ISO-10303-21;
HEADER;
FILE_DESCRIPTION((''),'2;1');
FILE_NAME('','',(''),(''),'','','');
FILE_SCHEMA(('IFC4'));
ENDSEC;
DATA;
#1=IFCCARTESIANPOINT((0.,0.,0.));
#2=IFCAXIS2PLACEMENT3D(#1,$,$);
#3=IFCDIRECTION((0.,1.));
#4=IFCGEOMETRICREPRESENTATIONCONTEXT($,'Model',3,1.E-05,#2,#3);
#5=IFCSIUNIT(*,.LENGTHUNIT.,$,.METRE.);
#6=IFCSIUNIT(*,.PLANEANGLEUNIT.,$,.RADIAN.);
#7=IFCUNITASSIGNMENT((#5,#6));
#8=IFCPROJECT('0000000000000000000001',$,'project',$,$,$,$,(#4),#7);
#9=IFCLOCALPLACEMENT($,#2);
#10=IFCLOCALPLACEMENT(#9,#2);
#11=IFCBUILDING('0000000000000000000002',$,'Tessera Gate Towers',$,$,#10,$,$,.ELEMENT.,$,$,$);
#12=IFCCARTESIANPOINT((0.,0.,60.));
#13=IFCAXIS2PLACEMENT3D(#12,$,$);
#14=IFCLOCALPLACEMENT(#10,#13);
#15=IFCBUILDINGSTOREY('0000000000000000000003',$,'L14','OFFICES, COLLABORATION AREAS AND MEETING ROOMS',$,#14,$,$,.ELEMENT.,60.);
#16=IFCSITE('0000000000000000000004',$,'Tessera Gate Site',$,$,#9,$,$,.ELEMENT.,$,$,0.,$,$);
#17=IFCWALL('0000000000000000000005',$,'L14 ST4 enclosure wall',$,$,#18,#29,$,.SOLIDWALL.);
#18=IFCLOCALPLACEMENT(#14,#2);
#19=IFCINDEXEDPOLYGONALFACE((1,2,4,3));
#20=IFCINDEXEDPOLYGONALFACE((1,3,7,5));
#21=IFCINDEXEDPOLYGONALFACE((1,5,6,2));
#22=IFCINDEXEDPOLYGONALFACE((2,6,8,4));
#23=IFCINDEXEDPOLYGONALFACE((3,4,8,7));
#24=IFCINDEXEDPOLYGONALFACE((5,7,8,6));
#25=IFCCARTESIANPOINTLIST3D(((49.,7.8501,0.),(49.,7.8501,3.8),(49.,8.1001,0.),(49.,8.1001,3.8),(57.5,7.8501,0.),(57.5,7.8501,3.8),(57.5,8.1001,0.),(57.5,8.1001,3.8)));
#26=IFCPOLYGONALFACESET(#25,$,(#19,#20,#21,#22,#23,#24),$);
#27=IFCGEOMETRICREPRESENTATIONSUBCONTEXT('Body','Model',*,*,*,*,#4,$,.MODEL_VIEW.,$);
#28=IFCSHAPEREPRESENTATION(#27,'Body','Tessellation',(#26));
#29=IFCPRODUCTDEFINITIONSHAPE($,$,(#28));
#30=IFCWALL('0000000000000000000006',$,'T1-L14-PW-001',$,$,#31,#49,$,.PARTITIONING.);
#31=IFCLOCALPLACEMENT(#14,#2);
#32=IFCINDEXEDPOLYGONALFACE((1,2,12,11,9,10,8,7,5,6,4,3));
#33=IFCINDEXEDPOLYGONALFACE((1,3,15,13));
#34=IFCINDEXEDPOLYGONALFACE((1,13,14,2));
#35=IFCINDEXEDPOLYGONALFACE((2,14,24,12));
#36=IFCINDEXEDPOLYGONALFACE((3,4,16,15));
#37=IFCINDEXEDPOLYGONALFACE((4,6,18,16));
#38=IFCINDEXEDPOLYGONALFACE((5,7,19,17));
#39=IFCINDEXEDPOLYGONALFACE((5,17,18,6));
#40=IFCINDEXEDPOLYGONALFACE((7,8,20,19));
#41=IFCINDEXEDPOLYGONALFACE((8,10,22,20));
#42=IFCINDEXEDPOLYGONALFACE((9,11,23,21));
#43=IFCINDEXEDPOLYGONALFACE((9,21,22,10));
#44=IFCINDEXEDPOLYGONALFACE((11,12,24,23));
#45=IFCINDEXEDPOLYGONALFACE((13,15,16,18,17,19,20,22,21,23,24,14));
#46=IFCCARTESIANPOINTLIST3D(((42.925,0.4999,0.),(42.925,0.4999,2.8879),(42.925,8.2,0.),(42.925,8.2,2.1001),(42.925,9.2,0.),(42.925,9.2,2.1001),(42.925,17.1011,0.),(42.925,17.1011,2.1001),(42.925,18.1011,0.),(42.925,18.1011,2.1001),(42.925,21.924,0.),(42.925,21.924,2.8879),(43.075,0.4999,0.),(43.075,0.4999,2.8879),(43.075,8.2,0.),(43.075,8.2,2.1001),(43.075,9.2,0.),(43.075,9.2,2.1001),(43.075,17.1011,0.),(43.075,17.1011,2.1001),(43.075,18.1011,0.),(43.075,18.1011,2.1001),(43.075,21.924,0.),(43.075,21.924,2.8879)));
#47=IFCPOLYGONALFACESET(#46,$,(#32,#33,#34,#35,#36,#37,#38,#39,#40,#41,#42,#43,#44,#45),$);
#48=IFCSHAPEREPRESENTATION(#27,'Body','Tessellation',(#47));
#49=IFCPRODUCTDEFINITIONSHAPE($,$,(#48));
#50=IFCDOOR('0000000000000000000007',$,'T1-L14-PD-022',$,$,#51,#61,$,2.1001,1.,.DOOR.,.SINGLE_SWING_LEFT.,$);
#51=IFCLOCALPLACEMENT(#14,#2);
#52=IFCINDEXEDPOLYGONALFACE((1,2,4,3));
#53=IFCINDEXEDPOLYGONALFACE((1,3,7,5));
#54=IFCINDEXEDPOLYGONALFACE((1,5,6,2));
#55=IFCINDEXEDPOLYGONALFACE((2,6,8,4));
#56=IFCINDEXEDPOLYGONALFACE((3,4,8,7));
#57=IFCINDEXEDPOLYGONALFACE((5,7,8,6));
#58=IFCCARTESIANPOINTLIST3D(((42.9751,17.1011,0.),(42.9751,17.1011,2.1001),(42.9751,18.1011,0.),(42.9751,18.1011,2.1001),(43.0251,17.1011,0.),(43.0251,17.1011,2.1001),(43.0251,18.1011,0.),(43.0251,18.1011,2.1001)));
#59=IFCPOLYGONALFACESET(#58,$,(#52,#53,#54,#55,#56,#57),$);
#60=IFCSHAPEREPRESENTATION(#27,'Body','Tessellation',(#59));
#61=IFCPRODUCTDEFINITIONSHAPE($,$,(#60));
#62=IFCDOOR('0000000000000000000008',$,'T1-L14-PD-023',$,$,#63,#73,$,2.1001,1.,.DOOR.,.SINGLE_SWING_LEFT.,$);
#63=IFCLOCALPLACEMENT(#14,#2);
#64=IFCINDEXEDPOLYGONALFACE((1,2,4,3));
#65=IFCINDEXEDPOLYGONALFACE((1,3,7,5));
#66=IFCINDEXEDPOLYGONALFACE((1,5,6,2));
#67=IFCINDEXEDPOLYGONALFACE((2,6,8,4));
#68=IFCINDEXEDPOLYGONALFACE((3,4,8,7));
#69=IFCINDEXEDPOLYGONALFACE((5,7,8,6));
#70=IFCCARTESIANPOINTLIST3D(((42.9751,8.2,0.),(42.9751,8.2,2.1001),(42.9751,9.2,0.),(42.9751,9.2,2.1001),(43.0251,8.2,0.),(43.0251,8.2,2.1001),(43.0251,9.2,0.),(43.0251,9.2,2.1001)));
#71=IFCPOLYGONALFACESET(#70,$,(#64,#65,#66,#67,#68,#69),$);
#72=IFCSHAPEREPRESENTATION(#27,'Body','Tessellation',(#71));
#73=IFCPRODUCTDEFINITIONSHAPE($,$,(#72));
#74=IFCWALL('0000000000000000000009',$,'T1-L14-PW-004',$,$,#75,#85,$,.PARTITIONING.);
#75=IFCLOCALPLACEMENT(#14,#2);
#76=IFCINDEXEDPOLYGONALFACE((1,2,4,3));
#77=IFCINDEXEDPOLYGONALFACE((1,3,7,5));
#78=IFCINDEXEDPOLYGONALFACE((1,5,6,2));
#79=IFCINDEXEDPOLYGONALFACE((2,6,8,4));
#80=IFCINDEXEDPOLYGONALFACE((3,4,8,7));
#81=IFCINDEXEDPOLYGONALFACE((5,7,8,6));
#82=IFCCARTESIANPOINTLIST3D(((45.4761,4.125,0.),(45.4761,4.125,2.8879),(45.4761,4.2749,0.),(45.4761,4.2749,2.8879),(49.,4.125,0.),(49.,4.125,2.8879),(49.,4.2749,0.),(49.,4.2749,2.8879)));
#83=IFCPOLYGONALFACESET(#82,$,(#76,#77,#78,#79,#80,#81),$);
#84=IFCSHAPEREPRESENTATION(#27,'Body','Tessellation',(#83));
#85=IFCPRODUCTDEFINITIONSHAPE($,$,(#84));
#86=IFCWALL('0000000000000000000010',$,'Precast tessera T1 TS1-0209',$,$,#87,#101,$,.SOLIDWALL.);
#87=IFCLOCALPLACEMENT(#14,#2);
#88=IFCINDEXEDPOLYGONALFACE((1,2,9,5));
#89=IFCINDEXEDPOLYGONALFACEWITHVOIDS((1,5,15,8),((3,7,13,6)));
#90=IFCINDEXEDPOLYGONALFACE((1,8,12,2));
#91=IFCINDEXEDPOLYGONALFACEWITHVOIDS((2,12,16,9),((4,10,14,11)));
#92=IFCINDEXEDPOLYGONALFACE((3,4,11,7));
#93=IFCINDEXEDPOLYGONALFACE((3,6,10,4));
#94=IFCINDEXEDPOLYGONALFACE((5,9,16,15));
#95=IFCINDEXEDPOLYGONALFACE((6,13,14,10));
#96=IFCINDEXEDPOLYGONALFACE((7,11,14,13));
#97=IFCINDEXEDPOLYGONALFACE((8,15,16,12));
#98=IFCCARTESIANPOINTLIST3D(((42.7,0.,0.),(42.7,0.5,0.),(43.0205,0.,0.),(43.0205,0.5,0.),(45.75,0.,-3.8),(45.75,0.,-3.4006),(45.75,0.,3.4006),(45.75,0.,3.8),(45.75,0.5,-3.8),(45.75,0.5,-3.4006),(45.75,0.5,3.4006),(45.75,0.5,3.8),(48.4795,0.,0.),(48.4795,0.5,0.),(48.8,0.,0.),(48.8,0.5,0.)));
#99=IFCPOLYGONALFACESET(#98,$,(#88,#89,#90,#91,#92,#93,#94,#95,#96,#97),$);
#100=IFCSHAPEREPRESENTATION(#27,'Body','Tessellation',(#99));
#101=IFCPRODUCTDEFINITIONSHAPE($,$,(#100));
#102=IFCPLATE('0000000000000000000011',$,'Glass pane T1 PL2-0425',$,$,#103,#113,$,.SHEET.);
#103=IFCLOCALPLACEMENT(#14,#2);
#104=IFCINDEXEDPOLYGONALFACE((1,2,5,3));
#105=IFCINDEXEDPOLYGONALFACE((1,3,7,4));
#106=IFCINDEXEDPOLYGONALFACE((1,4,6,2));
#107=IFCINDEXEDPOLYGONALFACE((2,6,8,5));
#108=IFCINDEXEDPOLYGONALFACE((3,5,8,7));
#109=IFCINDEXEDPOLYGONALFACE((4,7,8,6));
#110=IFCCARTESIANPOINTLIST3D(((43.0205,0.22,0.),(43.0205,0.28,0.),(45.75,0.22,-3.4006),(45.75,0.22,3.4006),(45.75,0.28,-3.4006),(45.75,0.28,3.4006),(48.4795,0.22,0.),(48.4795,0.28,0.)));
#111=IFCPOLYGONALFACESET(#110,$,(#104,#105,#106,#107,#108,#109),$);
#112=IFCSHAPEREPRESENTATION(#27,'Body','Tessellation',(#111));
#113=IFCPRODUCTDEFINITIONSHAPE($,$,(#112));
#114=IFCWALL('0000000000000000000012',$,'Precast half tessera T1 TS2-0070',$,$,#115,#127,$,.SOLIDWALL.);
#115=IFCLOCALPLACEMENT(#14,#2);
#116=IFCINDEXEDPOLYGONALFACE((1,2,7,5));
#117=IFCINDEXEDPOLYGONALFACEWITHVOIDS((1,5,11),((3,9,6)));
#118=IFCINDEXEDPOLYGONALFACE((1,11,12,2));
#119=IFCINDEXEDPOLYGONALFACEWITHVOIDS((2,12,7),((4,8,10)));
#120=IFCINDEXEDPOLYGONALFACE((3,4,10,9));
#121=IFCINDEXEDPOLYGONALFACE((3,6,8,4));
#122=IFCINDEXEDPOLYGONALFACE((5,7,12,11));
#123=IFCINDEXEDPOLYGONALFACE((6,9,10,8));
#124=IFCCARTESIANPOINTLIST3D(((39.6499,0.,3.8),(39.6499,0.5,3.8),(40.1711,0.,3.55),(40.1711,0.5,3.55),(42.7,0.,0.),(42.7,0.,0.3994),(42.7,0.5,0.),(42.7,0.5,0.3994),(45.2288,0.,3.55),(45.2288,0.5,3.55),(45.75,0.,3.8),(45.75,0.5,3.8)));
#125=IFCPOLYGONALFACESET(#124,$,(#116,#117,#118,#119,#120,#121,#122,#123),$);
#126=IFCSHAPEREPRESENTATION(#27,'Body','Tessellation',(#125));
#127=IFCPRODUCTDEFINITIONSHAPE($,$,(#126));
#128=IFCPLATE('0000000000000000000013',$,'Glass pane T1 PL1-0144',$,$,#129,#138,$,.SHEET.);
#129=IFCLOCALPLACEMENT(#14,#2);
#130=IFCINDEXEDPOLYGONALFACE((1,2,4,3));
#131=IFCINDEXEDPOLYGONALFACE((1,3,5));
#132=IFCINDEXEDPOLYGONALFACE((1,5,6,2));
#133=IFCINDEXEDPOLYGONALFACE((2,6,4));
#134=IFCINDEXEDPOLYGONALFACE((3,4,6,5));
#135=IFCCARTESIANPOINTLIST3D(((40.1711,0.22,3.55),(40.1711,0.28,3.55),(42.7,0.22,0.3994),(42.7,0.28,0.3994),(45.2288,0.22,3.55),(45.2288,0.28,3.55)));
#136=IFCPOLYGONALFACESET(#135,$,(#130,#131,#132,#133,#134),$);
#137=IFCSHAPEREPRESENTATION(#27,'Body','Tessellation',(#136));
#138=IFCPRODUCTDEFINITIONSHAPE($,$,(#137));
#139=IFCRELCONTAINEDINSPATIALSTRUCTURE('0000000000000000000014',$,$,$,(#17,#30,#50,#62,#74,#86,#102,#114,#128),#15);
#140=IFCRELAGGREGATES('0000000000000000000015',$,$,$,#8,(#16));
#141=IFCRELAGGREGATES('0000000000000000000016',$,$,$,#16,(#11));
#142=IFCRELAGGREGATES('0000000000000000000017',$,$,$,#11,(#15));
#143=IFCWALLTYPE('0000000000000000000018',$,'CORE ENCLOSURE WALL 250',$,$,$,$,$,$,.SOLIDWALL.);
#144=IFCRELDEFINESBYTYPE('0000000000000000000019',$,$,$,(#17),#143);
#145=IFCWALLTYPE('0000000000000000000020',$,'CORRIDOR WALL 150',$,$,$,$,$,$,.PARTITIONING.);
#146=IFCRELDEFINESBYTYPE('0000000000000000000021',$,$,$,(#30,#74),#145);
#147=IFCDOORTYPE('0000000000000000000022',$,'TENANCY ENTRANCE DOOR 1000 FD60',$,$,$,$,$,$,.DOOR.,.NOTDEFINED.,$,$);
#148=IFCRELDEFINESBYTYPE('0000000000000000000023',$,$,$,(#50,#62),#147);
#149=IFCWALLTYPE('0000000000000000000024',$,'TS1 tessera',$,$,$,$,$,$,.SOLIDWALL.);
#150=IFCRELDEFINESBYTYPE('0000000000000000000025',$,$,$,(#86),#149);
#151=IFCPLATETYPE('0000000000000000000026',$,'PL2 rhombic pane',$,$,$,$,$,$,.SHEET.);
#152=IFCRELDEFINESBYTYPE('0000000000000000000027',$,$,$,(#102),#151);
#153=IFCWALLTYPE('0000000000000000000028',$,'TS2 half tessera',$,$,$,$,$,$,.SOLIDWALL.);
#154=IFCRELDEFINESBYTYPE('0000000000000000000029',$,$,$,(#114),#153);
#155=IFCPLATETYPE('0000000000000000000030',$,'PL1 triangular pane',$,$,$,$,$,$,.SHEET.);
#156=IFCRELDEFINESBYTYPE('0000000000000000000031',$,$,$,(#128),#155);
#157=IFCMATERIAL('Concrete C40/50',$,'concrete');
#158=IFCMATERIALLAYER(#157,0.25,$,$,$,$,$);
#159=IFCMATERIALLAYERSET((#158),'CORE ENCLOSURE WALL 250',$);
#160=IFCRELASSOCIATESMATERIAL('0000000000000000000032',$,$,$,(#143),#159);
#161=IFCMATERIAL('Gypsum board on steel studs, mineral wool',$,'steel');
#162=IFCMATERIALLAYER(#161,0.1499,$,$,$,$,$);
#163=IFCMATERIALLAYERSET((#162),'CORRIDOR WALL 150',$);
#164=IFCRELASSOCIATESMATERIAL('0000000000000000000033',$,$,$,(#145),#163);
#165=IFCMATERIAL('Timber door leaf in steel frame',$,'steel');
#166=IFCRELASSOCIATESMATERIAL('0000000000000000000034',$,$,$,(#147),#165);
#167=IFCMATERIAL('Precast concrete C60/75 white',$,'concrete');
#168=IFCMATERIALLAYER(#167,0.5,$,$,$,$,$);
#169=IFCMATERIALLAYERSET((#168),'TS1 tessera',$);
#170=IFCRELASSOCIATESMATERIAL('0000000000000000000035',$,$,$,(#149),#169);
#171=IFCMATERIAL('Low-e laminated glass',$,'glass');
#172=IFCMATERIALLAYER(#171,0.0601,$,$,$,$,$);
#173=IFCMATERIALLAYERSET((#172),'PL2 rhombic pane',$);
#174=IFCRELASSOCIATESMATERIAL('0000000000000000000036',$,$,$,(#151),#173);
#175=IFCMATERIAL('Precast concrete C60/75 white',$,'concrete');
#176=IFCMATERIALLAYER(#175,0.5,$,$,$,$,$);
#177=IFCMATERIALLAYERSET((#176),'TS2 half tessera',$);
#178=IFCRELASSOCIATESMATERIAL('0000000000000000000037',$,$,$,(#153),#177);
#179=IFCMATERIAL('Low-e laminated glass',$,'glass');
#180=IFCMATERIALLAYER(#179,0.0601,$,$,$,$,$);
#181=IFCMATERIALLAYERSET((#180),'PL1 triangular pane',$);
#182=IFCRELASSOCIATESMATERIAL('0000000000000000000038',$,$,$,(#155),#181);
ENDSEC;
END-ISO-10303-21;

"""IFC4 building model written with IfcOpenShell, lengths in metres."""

from ifc_helpers import new_model, si_unit, direction, frame, frame_2d, origin, place, context, subcontext, project, spatial, polyline, rectangle, outline, extrude, source, transform, mapped, material, layer, layer_set, type_object, element, fill, save


model = new_model("IFC4")

# Units and contexts
model_context = context("Model", 3, precision=1e-05, world=origin(), true_north=direction((0.0, 1.0)))
body_context = subcontext(model_context, "Body", "Model", "MODEL_VIEW")
ifc_project = project(units=[si_unit("LENGTHUNIT", "METRE"), si_unit("PLANEANGLEUNIT", "RADIAN")], contexts=[model_context])

# Site, building, storey
site_placement = place(None, origin())
site = spatial("IfcSite", under=ifc_project, at=site_placement, Name="Tessera Gate Site", CompositionType="ELEMENT", RefElevation=0.0)
building_placement = place(site_placement, origin())
building = spatial("IfcBuilding", under=site, at=building_placement, Name="Tessera Gate Towers", CompositionType="ELEMENT")
storey_placement = place(building_placement, frame((0.0, 0.0, 60.0)))
storey = spatial("IfcBuildingStorey", under=building, at=storey_placement, Name="L14", Description="OFFICES, COLLABORATION AREAS AND MEETING ROOMS", CompositionType="ELEMENT", Elevation=60.0)

# Wall
ifc_material_1 = material(Name="Concrete C40/50", Category="concrete")
ifc_layer_1 = layer(ifc_material_1, 0.25)
ifc_layer_set_1 = layer_set([ifc_layer_1], Name="CORE ENCLOSURE WALL 250")
wall_type_1 = type_object("IfcWallType", Name="CORE ENCLOSURE WALL 250", PredefinedType="SOLIDWALL", material=ifc_layer_set_1)
wall_1_placement = place(storey_placement, frame((49.0, 7.9751, 0.0), z_axis=(0.0, 0.0, 1.0), x_axis=(1.0, 0.0, 0.0)))
element("IfcWall", 1, at=wall_1_placement, inside=storey, type_object=wall_type_1, Name="L14 ST4 enclosure wall", PredefinedType="SOLIDWALL", context=body_context, shape_type="SweptSolid", body=[
    extrude(rectangle(XDim=8.5, YDim=0.25, at=frame_2d((4.25, 0.0))), origin(), (0.0, 0.0, 1.0), 3.8),
])

# Wall, openings, doors
ifc_material_2 = material(Name="Gypsum board on steel studs, mineral wool", Category="steel")
ifc_layer_2 = layer(ifc_material_2, 0.1499)
ifc_layer_set_2 = layer_set([ifc_layer_2], Name="CORRIDOR WALL 150")
wall_type_2 = type_object("IfcWallType", Name="CORRIDOR WALL 150", PredefinedType="PARTITIONING", material=ifc_layer_set_2)
wall_2_placement = place(storey_placement, frame((43.0, 0.5, 0.0), z_axis=(0.0, 0.0, 1.0), x_axis=(0.0, 1.0, 0.0)))
wall_2 = element("IfcWall", 2, at=wall_2_placement, inside=storey, type_object=wall_type_2, Name="T1-L14-PW-001", PredefinedType="PARTITIONING", context=body_context, shape_type="SweptSolid", body=[
    extrude(rectangle(XDim=21.4241, YDim=0.1499, at=frame_2d((10.7119, 0.0))), origin(), (0.0, 0.0, 1.0), 2.8879),
])
shared_shape_1 = source(origin(), body_context, "Body", "SweptSolid", [
    extrude(rectangle(XDim=1.0, YDim=2.1001, at=frame_2d((0.5, 1.05))), frame((0.0, 0.085, 0.0), z_axis=(0.0, -1.0, 0.0), x_axis=(1.0, 0.0, 0.0)), (0.0, 0.0, 1.0), 0.1699),
])
opening_1_placement = place(wall_2_placement, frame((16.6011, 0.0, 0.0)))
opening_1 = element("IfcOpeningElement", 3, at=opening_1_placement, cuts=wall_2, PredefinedType="OPENING", context=body_context, shape_type="MappedRepresentation", body=[
    mapped(shared_shape_1, transform((0.0, 0.0, 0.0), scale=1.0)),
])
opening_2_placement = place(wall_2_placement, frame((7.7, 0.0, 0.0)))
opening_2 = element("IfcOpeningElement", 4, at=opening_2_placement, cuts=wall_2, PredefinedType="OPENING", context=body_context, shape_type="MappedRepresentation", body=[
    mapped(shared_shape_1, transform((0.0, 0.0, 0.0), scale=1.0)),
])
ifc_material_3 = material(Name="Timber door leaf in steel frame", Category="steel")
door_type = type_object("IfcDoorType", Name="TENANCY ENTRANCE DOOR 1000 FD60", OperationType="NOTDEFINED", PredefinedType="DOOR", material=ifc_material_3)
shared_shape_2 = source(origin(), body_context, "Body", "SweptSolid", [
    extrude(rectangle(XDim=1.0, YDim=2.1001, at=frame_2d((0.5, 1.05))), frame((0.0, 0.0249, 0.0), z_axis=(0.0, -1.0, 0.0), x_axis=(1.0, 0.0, 0.0)), (0.0, 0.0, 1.0), 0.05),
])
door_1_placement = place(opening_1_placement, origin())
door_1 = element("IfcDoor", 5, at=door_1_placement, inside=storey, type_object=door_type, Name="T1-L14-PD-022", OperationType="SINGLE_SWING_LEFT", OverallHeight=2.1001, OverallWidth=1.0, PredefinedType="DOOR", context=body_context, shape_type="MappedRepresentation", body=[
    mapped(shared_shape_2, transform((0.0, 0.0, 0.0), scale=1.0)),
])
fill(opening_1, door_1)
door_2_placement = place(opening_2_placement, origin())
door_2 = element("IfcDoor", 6, at=door_2_placement, inside=storey, type_object=door_type, Name="T1-L14-PD-023", OperationType="SINGLE_SWING_LEFT", OverallHeight=2.1001, OverallWidth=1.0, PredefinedType="DOOR", context=body_context, shape_type="MappedRepresentation", body=[
    mapped(shared_shape_2, transform((0.0, 0.0, 0.0), scale=1.0)),
])
fill(opening_2, door_2)

# Wall
wall_3_placement = place(storey_placement, frame((45.4761, 4.2, 0.0), z_axis=(0.0, 0.0, 1.0), x_axis=(1.0, 0.0, 0.0)))
element("IfcWall", 7, at=wall_3_placement, inside=storey, type_object=wall_type_2, Name="T1-L14-PW-004", PredefinedType="PARTITIONING", context=body_context, shape_type="SweptSolid", body=[
    extrude(rectangle(XDim=3.5239, YDim=0.1499, at=frame_2d((1.762, 0.0))), origin(), (0.0, 0.0, 1.0), 2.8879),
])

# Walls, openings, plates
ifc_material_4 = material(Name="Precast concrete C60/75 white", Category="concrete")
ifc_layer_3 = layer(ifc_material_4, 0.5)
ifc_layer_set_3 = layer_set([ifc_layer_3], Name="TS1 tessera")
wall_type_3 = type_object("IfcWallType", Name="TS1 tessera", PredefinedType="SOLIDWALL", material=ifc_layer_set_3)
shared_shape_3 = source(origin(), body_context, "Body", "SweptSolid", [
    extrude(outline(polyline([(3.05, 0.0), (6.1001, 3.8), (3.05, 7.6001), (0.0, 3.8), (3.05, 0.0)])), frame((0.0, 0.25, 0.0), z_axis=(0.0, -1.0, 0.0), x_axis=(1.0, 0.0, 0.0)), (0.0, 0.0, 1.0), 0.5),
])
wall_4_placement = place(storey_placement, frame((42.7, 0.25, -3.8), z_axis=(0.0, 0.0, 1.0), x_axis=(1.0, 0.0, 0.0)))
wall_4 = element("IfcWall", 8, at=wall_4_placement, inside=storey, type_object=wall_type_3, Name="Precast tessera T1 TS1-0209", PredefinedType="SOLIDWALL", context=body_context, shape_type="MappedRepresentation", body=[
    mapped(shared_shape_3, transform((0.0, 0.0, 0.0), scale=1.0)),
])
shared_shape_4 = source(origin(), body_context, "Body", "SweptSolid", [
    extrude(outline(polyline([(3.05, 0.3994), (5.7795, 3.8), (3.05, 7.2007), (0.3206, 3.8), (3.05, 0.3994)])), frame((0.0, 0.26, 0.0), z_axis=(0.0, -1.0, 0.0), x_axis=(1.0, 0.0, 0.0)), (0.0, 0.0, 1.0), 0.52),
])
opening_3_placement = place(wall_4_placement, origin())
opening_3 = element("IfcOpeningElement", 9, at=opening_3_placement, cuts=wall_4, PredefinedType="OPENING", context=body_context, shape_type="MappedRepresentation", body=[
    mapped(shared_shape_4, transform((0.0, 0.0, 0.0), scale=1.0)),
])
ifc_material_5 = material(Name="Low-e laminated glass", Category="glass")
ifc_layer_4 = layer(ifc_material_5, 0.0601)
ifc_layer_set_4 = layer_set([ifc_layer_4], Name="PL2 rhombic pane")
plate_type_1 = type_object("IfcPlateType", Name="PL2 rhombic pane", PredefinedType="SHEET", material=ifc_layer_set_4)
shared_shape_5 = source(origin(), body_context, "Body", "SweptSolid", [
    extrude(outline(polyline([(3.05, 0.3994), (5.7795, 3.8), (3.05, 7.2007), (0.3206, 3.8), (3.05, 0.3994)])), frame((0.0, 0.03, 0.0), z_axis=(0.0, -1.0, 0.0), x_axis=(1.0, 0.0, 0.0)), (0.0, 0.0, 1.0), 0.0601),
])
plate_1_placement = place(opening_3_placement, origin())
plate_1 = element("IfcPlate", 10, at=plate_1_placement, inside=storey, type_object=plate_type_1, Name="Glass pane T1 PL2-0425", PredefinedType="SHEET", context=body_context, shape_type="MappedRepresentation", body=[
    mapped(shared_shape_5, transform((0.0, 0.0, 0.0), scale=1.0)),
])
fill(opening_3, plate_1)
ifc_material_6 = material(Name="Precast concrete C60/75 white", Category="concrete")
ifc_layer_5 = layer(ifc_material_6, 0.5)
ifc_layer_set_5 = layer_set([ifc_layer_5], Name="TS2 half tessera")
wall_type_4 = type_object("IfcWallType", Name="TS2 half tessera", PredefinedType="SOLIDWALL", material=ifc_layer_set_5)
shared_shape_6 = source(origin(), body_context, "Body", "SweptSolid", [
    extrude(outline(polyline([(3.05, 0.0), (6.1001, 3.8), (0.0, 3.8), (3.05, 0.0)])), frame((0.0, 0.25, 0.0), z_axis=(0.0, -1.0, 0.0), x_axis=(1.0, 0.0, 0.0)), (0.0, 0.0, 1.0), 0.5),
])
wall_5_placement = place(storey_placement, frame((39.6499, 0.25, 0.0), z_axis=(0.0, 0.0, 1.0), x_axis=(1.0, 0.0, 0.0)))
wall_5 = element("IfcWall", 11, at=wall_5_placement, inside=storey, type_object=wall_type_4, Name="Precast half tessera T1 TS2-0070", PredefinedType="SOLIDWALL", context=body_context, shape_type="MappedRepresentation", body=[
    mapped(shared_shape_6, transform((0.0, 0.0, 0.0), scale=1.0)),
])
shared_shape_7 = source(origin(), body_context, "Body", "SweptSolid", [
    extrude(outline(polyline([(3.05, 0.3994), (5.5789, 3.55), (0.5212, 3.55), (3.05, 0.3994)])), frame((0.0, 0.26, 0.0), z_axis=(0.0, -1.0, 0.0), x_axis=(1.0, 0.0, 0.0)), (0.0, 0.0, 1.0), 0.52),
])
opening_4_placement = place(wall_5_placement, origin())
opening_4 = element("IfcOpeningElement", 12, at=opening_4_placement, cuts=wall_5, PredefinedType="OPENING", context=body_context, shape_type="MappedRepresentation", body=[
    mapped(shared_shape_7, transform((0.0, 0.0, 0.0), scale=1.0)),
])
ifc_material_7 = material(Name="Low-e laminated glass", Category="glass")
ifc_layer_6 = layer(ifc_material_7, 0.0601)
ifc_layer_set_6 = layer_set([ifc_layer_6], Name="PL1 triangular pane")
plate_type_2 = type_object("IfcPlateType", Name="PL1 triangular pane", PredefinedType="SHEET", material=ifc_layer_set_6)
shared_shape_8 = source(origin(), body_context, "Body", "SweptSolid", [
    extrude(outline(polyline([(3.05, 0.3994), (5.5789, 3.55), (0.5212, 3.55), (3.05, 0.3994)])), frame((0.0, 0.03, 0.0), z_axis=(0.0, -1.0, 0.0), x_axis=(1.0, 0.0, 0.0)), (0.0, 0.0, 1.0), 0.0601),
])
plate_2_placement = place(opening_4_placement, origin())
plate_2 = element("IfcPlate", 13, at=plate_2_placement, inside=storey, type_object=plate_type_2, Name="Glass pane T1 PL1-0144", PredefinedType="SHEET", context=body_context, shape_type="MappedRepresentation", body=[
    mapped(shared_shape_8, transform((0.0, 0.0, 0.0), scale=1.0)),
])
fill(opening_4, plate_2)

save(model, "model.ifc")
